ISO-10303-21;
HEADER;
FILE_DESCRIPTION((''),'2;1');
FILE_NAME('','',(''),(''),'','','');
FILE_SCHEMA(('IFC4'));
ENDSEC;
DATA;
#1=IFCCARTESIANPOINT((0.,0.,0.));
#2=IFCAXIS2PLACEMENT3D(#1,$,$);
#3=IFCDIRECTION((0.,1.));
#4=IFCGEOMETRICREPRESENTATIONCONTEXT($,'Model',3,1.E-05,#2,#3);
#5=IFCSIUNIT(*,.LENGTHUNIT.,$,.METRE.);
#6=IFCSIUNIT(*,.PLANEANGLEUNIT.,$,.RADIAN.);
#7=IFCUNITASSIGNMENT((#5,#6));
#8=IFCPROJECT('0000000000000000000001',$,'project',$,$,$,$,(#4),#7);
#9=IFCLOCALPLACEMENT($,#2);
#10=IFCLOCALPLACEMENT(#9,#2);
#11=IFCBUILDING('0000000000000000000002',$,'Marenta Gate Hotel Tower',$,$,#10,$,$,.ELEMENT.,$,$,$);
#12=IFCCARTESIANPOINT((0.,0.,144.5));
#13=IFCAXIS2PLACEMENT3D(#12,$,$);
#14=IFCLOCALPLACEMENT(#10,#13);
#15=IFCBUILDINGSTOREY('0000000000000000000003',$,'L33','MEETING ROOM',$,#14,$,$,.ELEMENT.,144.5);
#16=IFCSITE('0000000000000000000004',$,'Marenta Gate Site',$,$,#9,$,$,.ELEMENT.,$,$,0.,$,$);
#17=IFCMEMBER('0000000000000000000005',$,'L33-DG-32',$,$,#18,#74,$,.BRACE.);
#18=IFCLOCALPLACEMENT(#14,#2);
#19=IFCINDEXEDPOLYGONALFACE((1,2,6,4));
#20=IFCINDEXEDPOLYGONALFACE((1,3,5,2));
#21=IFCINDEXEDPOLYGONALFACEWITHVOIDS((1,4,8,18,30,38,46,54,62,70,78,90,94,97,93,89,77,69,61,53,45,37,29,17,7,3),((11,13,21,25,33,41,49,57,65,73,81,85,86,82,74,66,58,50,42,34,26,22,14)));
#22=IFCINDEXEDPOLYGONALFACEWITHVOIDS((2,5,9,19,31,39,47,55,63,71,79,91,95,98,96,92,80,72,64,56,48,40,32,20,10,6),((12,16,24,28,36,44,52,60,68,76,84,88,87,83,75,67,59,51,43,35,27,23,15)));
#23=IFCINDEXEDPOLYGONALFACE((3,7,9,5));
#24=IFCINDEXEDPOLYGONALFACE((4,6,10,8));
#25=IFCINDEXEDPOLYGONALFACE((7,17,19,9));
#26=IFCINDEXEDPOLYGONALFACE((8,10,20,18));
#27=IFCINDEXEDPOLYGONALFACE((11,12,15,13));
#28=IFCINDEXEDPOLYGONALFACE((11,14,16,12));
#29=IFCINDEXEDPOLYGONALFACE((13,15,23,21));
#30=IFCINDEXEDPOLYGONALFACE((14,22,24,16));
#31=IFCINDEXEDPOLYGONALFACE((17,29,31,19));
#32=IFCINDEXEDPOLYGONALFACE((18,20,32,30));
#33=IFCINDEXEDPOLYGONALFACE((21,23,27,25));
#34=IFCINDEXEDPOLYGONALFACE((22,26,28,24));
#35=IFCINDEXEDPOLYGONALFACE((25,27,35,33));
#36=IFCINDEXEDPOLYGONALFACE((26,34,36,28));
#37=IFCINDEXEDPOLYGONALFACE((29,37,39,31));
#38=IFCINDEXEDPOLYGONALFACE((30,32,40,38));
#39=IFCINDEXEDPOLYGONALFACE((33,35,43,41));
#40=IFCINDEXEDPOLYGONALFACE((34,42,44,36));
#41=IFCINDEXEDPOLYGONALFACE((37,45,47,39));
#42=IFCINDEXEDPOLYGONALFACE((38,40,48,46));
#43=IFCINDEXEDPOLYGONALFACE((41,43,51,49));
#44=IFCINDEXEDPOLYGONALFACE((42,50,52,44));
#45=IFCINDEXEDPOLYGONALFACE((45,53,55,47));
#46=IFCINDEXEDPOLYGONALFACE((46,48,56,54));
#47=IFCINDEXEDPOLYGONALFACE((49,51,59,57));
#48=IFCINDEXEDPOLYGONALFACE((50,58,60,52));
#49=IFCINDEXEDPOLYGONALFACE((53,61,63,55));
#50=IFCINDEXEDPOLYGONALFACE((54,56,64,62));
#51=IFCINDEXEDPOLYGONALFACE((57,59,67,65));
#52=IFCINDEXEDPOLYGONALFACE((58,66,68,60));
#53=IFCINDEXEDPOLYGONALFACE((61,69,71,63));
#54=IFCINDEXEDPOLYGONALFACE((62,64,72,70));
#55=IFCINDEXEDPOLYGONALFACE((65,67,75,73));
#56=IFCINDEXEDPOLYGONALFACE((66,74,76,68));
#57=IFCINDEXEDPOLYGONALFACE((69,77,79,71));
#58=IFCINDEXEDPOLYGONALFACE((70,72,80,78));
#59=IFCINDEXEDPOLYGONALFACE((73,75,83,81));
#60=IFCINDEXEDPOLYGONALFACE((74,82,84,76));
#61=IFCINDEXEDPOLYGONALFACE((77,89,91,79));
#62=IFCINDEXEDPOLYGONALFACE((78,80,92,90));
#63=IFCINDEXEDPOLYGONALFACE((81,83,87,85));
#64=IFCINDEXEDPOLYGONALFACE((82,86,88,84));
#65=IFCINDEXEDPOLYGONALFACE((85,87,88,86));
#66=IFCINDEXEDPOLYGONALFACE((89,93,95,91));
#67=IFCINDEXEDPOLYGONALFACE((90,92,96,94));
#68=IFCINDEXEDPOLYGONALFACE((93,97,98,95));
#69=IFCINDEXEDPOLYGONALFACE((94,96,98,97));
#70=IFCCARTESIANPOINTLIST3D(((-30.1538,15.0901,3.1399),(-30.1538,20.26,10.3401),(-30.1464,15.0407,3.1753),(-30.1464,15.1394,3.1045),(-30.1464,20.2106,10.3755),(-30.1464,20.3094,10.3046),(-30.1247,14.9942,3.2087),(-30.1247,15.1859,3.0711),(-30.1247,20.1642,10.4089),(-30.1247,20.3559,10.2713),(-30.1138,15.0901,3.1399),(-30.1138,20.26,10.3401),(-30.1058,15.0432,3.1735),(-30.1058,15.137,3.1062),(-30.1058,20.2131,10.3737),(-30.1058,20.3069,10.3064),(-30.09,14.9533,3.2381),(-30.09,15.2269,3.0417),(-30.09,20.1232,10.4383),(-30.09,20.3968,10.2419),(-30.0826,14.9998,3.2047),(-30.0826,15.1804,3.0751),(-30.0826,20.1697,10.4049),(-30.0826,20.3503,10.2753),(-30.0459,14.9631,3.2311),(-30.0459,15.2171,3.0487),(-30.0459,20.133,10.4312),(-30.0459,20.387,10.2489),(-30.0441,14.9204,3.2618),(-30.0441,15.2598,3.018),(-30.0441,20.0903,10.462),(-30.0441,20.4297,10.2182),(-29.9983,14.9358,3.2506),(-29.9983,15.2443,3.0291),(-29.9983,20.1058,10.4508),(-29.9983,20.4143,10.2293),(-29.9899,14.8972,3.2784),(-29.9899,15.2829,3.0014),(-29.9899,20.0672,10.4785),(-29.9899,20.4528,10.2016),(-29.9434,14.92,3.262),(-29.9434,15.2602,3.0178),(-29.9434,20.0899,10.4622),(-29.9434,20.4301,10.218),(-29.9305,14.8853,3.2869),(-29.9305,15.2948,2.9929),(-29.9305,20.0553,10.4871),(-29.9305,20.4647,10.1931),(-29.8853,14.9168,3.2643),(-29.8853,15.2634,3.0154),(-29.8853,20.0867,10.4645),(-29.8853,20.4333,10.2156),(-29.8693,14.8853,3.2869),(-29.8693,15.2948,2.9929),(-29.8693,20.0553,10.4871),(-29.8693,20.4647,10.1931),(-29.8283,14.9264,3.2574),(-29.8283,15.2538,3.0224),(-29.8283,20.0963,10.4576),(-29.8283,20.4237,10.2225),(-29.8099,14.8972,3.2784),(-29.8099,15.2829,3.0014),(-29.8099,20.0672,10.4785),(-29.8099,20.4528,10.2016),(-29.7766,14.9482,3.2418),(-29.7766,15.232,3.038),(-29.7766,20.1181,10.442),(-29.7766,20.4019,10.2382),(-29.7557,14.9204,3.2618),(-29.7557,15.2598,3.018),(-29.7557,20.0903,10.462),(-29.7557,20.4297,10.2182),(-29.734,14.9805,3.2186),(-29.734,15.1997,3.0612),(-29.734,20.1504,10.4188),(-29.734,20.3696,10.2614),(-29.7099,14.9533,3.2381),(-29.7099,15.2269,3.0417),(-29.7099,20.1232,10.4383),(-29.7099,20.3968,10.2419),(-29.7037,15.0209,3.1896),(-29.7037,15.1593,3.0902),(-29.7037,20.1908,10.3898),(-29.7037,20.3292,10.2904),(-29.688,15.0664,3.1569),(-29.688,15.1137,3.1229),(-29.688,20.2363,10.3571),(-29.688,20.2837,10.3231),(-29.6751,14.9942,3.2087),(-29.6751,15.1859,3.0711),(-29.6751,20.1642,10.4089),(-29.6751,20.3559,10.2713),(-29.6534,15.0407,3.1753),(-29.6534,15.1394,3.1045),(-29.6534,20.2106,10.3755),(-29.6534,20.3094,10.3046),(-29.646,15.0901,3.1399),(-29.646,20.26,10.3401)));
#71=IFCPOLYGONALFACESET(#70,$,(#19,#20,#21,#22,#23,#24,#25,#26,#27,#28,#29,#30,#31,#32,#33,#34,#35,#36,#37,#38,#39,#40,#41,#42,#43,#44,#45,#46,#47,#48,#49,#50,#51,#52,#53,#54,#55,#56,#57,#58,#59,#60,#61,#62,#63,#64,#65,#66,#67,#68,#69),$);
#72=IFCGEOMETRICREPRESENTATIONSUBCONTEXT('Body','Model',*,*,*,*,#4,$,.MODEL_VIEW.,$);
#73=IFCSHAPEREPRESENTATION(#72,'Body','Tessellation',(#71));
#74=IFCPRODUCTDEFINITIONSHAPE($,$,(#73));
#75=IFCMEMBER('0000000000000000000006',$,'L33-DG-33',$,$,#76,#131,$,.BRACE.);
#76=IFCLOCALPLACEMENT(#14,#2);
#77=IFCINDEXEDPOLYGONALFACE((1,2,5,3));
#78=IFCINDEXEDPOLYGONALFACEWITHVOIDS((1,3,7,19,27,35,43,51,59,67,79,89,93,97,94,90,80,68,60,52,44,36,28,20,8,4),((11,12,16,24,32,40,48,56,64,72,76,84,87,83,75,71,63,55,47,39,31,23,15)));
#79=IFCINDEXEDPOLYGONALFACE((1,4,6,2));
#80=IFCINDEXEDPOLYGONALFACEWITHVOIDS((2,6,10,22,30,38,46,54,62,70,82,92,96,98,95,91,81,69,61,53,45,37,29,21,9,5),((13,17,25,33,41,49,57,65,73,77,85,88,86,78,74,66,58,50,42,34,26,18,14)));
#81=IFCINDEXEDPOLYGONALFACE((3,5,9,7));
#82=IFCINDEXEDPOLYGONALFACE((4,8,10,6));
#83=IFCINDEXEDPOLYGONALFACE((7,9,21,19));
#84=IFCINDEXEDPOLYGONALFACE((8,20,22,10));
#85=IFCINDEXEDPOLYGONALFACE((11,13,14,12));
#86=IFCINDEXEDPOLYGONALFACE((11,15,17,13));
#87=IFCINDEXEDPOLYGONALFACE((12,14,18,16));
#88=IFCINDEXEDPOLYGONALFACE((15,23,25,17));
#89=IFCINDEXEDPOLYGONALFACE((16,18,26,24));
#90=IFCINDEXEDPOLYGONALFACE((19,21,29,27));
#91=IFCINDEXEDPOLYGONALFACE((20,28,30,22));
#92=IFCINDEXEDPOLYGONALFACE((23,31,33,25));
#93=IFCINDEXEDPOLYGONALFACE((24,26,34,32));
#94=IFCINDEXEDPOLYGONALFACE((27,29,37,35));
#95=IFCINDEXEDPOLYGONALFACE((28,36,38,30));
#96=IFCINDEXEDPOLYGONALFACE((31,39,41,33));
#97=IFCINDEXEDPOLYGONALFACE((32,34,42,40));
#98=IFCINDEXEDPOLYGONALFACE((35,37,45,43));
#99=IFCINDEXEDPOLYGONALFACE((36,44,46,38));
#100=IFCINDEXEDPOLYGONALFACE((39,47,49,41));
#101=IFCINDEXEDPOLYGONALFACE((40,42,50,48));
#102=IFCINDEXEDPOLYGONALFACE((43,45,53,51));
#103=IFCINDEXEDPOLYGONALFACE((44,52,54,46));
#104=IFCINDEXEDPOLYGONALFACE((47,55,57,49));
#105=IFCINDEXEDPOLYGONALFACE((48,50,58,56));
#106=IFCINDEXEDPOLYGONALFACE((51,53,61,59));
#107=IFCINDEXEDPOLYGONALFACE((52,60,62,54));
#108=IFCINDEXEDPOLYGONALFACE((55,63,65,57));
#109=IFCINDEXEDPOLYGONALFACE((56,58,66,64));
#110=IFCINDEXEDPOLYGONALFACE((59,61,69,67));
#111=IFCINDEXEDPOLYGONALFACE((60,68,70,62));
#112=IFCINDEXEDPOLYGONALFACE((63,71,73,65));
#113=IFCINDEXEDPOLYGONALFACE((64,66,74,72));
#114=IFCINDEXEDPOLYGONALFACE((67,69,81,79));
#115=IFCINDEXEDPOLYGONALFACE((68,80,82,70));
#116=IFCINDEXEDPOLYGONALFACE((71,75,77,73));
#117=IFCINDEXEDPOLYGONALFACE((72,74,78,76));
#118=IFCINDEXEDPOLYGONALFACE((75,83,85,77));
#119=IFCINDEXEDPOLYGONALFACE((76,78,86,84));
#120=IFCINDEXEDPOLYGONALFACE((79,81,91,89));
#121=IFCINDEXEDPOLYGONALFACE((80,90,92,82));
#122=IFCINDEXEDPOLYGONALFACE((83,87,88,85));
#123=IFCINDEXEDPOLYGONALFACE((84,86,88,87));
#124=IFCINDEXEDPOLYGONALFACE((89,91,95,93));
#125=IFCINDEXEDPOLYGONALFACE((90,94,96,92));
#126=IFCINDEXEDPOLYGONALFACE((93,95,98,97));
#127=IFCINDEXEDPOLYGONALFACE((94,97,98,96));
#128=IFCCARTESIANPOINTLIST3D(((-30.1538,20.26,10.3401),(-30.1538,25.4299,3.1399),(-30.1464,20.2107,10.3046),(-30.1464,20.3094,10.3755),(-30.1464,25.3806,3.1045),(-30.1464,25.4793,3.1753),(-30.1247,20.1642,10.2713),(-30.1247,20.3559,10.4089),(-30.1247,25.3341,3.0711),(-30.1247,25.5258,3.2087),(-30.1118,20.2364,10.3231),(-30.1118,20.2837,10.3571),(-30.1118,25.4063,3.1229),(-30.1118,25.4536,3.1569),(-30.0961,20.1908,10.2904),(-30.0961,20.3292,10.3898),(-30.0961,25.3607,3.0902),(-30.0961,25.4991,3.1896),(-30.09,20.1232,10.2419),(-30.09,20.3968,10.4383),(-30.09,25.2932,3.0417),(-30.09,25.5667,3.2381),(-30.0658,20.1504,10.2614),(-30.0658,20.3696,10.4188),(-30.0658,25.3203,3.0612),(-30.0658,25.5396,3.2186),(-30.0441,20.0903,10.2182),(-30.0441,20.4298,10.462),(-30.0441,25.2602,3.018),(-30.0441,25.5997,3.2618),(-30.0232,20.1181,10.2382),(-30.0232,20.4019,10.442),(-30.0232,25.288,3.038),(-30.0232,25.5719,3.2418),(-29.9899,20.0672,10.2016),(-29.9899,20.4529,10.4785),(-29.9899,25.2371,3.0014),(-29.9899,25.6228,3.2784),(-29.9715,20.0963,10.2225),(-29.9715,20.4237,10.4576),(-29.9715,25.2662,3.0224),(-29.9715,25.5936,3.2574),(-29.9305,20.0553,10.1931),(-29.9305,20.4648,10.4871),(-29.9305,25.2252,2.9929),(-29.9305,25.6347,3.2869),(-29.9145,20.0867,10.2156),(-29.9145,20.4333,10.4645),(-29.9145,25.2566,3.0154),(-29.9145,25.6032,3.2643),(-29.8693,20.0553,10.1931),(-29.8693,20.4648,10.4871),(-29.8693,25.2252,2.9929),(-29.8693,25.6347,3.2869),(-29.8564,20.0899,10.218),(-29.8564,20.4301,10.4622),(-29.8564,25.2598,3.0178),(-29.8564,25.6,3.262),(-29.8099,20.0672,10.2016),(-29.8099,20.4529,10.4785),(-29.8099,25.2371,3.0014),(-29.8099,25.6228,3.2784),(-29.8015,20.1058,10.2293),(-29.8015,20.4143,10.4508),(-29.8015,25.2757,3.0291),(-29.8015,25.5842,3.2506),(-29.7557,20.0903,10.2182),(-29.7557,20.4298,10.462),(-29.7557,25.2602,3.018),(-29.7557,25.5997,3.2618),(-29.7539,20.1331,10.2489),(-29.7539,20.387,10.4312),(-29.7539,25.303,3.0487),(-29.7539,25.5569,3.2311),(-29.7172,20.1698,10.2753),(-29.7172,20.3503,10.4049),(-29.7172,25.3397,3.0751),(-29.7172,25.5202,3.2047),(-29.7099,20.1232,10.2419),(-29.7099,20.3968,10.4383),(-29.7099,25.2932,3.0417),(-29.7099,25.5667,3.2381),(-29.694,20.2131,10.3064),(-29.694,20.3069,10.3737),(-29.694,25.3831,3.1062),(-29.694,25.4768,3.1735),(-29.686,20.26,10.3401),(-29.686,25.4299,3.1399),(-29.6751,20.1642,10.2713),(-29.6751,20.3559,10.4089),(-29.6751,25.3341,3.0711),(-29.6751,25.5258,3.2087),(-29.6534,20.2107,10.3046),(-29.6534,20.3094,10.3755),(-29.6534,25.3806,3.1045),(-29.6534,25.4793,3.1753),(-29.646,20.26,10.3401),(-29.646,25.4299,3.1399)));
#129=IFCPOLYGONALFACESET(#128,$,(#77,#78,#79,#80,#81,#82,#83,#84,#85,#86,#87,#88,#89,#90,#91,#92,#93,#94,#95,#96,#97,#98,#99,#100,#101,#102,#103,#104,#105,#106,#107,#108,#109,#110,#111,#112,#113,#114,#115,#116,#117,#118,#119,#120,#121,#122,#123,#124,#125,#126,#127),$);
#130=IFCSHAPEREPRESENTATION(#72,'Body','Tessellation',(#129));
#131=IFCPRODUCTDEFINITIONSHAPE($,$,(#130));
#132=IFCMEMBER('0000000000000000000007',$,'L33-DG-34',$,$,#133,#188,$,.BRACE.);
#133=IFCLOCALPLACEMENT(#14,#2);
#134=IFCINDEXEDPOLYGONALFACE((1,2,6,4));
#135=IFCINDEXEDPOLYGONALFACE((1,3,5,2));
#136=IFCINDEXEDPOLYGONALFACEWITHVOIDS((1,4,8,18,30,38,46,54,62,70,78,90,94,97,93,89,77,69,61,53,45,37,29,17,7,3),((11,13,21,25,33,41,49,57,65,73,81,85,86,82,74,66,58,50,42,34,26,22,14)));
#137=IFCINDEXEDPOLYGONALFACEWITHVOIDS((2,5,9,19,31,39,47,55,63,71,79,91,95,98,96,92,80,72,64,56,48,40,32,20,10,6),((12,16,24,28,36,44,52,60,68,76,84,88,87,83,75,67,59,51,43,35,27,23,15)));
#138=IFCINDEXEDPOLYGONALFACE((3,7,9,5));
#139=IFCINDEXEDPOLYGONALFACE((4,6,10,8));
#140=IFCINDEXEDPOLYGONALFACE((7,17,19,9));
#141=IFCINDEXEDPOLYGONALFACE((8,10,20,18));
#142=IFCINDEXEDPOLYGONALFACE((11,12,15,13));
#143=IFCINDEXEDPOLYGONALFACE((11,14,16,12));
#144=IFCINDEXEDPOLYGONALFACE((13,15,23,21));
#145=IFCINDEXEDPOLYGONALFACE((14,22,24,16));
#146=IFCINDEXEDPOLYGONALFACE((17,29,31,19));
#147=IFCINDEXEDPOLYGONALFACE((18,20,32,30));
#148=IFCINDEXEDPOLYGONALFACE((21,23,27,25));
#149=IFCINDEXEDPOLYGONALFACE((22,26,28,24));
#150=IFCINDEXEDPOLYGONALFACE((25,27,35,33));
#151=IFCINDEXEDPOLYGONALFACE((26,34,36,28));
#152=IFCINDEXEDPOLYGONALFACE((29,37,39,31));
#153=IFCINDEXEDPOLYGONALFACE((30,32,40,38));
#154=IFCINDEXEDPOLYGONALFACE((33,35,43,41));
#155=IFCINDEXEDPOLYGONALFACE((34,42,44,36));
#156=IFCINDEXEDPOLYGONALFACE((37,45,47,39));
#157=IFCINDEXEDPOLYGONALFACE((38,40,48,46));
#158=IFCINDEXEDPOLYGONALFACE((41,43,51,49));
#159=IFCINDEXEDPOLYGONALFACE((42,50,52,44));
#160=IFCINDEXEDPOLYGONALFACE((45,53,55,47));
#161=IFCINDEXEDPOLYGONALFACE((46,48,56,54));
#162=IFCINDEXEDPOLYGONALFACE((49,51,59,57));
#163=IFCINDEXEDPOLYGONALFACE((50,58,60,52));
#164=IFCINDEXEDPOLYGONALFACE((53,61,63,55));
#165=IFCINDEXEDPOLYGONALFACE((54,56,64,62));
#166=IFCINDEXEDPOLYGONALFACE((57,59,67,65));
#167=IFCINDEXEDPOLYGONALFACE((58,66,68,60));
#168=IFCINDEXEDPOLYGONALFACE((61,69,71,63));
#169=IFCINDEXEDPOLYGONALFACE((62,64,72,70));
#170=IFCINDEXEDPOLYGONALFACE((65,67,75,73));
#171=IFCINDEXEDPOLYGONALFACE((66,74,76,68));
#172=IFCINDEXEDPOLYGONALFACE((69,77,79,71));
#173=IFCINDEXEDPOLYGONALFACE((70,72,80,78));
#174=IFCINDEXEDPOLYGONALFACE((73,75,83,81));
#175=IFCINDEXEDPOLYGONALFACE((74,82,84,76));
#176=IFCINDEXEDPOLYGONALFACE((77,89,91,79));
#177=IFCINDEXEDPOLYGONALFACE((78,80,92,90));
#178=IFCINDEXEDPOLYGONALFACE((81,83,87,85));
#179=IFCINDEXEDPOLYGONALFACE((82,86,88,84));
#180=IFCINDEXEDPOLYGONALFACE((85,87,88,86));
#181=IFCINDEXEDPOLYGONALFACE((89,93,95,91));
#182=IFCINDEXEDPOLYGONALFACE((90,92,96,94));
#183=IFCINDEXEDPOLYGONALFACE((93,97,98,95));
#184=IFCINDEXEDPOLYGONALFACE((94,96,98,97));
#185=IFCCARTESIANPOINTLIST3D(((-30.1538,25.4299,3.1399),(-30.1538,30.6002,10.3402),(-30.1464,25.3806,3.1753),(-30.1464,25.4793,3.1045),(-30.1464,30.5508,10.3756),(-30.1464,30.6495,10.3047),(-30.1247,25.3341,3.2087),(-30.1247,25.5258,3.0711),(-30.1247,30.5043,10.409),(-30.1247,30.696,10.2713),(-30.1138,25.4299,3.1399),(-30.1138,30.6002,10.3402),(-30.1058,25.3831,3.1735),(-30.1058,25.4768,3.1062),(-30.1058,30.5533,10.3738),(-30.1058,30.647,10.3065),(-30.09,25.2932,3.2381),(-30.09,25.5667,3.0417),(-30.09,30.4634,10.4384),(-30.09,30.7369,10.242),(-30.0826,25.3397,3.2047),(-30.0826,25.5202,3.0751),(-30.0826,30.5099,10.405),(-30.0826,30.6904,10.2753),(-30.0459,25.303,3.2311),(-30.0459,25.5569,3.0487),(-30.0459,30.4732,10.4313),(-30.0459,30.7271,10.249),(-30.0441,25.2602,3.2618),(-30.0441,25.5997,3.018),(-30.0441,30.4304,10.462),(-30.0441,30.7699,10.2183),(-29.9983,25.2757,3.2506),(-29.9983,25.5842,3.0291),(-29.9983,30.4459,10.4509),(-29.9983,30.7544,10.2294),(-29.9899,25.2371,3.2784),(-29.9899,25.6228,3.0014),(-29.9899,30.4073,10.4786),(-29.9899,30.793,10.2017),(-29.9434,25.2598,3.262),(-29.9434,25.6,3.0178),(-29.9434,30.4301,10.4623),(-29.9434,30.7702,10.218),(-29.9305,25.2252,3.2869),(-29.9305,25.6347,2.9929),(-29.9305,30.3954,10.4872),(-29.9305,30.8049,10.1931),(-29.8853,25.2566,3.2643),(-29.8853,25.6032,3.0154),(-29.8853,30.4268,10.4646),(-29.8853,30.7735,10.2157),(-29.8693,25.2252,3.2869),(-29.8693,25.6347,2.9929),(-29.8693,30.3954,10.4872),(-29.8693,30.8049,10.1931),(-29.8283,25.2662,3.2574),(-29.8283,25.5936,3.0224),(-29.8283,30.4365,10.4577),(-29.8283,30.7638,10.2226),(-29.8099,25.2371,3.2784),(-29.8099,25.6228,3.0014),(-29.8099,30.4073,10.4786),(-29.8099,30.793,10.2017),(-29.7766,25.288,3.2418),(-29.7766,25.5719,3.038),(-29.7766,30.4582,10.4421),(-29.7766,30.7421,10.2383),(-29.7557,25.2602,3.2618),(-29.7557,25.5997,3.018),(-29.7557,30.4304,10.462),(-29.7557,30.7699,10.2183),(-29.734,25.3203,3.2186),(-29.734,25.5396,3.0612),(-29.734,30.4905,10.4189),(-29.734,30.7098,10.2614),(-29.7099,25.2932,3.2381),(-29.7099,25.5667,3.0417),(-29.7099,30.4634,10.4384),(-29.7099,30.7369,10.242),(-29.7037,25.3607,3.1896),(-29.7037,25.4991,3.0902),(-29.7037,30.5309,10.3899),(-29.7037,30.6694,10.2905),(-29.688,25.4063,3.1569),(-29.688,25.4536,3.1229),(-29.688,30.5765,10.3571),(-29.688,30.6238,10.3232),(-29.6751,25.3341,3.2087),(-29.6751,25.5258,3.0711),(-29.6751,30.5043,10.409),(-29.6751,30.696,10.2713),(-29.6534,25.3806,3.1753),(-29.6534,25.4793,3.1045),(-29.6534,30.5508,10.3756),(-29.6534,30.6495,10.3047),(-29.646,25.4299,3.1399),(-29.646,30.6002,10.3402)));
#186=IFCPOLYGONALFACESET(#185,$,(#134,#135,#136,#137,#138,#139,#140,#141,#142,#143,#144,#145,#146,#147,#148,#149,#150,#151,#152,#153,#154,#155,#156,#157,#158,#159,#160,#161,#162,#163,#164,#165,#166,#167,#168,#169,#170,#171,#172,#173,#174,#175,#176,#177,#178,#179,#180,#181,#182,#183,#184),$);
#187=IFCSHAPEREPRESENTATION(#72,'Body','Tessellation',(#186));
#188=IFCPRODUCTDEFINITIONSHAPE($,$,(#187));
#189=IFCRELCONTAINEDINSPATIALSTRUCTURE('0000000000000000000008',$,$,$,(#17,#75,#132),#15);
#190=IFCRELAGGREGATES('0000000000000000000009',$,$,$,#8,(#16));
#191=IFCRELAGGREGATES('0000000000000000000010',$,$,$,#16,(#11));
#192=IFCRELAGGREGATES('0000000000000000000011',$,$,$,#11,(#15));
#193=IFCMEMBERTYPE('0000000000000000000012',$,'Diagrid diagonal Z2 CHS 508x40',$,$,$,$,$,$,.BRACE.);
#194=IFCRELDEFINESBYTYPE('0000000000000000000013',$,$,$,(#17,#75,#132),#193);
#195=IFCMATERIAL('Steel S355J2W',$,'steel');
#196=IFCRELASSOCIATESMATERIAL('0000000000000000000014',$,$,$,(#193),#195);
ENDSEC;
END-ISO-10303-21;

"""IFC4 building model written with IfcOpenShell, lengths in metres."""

from ifc_helpers import new_model, si_unit, direction, frame, origin, origin_2d, place, context, subcontext, project, spatial, hollow_circle, extrude, material, material_profile, profile_set, type_object, element, save


model = new_model("IFC4")

# Units and contexts
model_context = context("Model", 3, precision=1e-05, world=origin(), true_north=direction((0.0, 1.0)))
body_context = subcontext(model_context, "Body", "Model", "MODEL_VIEW")
ifc_project = project(units=[si_unit("LENGTHUNIT", "METRE"), si_unit("PLANEANGLEUNIT", "RADIAN")], contexts=[model_context])

# Site, building, storey
site_placement = place(None, origin())
site = spatial("IfcSite", under=ifc_project, at=site_placement, Name="Marenta Gate Site", CompositionType="ELEMENT", RefElevation=0.0)
building_placement = place(site_placement, origin())
building = spatial("IfcBuilding", under=site, at=building_placement, Name="Marenta Gate Hotel Tower", CompositionType="ELEMENT")
storey_placement = place(building_placement, frame((0.0, 0.0, 144.5)))
storey = spatial("IfcBuildingStorey", under=building, at=storey_placement, Name="L33", Description="MEETING ROOM", CompositionType="ELEMENT", Elevation=144.5)

# Members
ifc_material_1 = material(Name="Steel S355J2W", Category="steel")
ifc_material_profile_1 = material_profile(ifc_material_1, hollow_circle(Radius=0.2539, WallThickness=0.04, at=origin_2d()), Name="CHS 508x40")
ifc_profile_set_1 = profile_set([ifc_material_profile_1], Name="Steel S355J2W")
member_type_1 = type_object("IfcMemberType", Name="Diagrid diagonal Z2 CHS 508x40", PredefinedType="BRACE", material=ifc_profile_set_1)
for number, where, z_axis, x_axis, name in (
    (1, (-29.8999, 15.0901, 3.1399), (0.0, 0.583248, 0.812294), (-1.0, 0.0, 0.0), "L33-DG-32"),
    (2, (-29.8999, 25.4299, 3.1399), (0.0, -0.583248, 0.812294), (1.0, 0.0, 0.0), "L33-DG-33"),
):
    element("IfcMember", number, at=place(storey_placement, frame(where, z_axis=z_axis, x_axis=x_axis)), inside=storey, type_object=member_type_1, Name=name, PredefinedType="BRACE", context=body_context, shape_type="SweptSolid", body=[
        extrude(hollow_circle(Radius=0.2539, WallThickness=0.04, at=origin_2d()), origin(), (0.0, 0.0, 1.0), 8.864),
    ])
member_1_placement = place(storey_placement, frame((-29.8999, 25.4299, 3.1399), z_axis=(0.0, 0.583266, 0.812281), x_axis=(-1.0, 0.0, 0.0)))
element("IfcMember", 3, at=member_1_placement, inside=storey, type_object=member_type_1, Name="L33-DG-34", PredefinedType="BRACE", context=body_context, shape_type="SweptSolid", body=[
    extrude(hollow_circle(Radius=0.2539, WallThickness=0.04, at=origin_2d()), origin(), (0.0, 0.0, 1.0), 8.8643),
])

save(model, "model.ifc")
